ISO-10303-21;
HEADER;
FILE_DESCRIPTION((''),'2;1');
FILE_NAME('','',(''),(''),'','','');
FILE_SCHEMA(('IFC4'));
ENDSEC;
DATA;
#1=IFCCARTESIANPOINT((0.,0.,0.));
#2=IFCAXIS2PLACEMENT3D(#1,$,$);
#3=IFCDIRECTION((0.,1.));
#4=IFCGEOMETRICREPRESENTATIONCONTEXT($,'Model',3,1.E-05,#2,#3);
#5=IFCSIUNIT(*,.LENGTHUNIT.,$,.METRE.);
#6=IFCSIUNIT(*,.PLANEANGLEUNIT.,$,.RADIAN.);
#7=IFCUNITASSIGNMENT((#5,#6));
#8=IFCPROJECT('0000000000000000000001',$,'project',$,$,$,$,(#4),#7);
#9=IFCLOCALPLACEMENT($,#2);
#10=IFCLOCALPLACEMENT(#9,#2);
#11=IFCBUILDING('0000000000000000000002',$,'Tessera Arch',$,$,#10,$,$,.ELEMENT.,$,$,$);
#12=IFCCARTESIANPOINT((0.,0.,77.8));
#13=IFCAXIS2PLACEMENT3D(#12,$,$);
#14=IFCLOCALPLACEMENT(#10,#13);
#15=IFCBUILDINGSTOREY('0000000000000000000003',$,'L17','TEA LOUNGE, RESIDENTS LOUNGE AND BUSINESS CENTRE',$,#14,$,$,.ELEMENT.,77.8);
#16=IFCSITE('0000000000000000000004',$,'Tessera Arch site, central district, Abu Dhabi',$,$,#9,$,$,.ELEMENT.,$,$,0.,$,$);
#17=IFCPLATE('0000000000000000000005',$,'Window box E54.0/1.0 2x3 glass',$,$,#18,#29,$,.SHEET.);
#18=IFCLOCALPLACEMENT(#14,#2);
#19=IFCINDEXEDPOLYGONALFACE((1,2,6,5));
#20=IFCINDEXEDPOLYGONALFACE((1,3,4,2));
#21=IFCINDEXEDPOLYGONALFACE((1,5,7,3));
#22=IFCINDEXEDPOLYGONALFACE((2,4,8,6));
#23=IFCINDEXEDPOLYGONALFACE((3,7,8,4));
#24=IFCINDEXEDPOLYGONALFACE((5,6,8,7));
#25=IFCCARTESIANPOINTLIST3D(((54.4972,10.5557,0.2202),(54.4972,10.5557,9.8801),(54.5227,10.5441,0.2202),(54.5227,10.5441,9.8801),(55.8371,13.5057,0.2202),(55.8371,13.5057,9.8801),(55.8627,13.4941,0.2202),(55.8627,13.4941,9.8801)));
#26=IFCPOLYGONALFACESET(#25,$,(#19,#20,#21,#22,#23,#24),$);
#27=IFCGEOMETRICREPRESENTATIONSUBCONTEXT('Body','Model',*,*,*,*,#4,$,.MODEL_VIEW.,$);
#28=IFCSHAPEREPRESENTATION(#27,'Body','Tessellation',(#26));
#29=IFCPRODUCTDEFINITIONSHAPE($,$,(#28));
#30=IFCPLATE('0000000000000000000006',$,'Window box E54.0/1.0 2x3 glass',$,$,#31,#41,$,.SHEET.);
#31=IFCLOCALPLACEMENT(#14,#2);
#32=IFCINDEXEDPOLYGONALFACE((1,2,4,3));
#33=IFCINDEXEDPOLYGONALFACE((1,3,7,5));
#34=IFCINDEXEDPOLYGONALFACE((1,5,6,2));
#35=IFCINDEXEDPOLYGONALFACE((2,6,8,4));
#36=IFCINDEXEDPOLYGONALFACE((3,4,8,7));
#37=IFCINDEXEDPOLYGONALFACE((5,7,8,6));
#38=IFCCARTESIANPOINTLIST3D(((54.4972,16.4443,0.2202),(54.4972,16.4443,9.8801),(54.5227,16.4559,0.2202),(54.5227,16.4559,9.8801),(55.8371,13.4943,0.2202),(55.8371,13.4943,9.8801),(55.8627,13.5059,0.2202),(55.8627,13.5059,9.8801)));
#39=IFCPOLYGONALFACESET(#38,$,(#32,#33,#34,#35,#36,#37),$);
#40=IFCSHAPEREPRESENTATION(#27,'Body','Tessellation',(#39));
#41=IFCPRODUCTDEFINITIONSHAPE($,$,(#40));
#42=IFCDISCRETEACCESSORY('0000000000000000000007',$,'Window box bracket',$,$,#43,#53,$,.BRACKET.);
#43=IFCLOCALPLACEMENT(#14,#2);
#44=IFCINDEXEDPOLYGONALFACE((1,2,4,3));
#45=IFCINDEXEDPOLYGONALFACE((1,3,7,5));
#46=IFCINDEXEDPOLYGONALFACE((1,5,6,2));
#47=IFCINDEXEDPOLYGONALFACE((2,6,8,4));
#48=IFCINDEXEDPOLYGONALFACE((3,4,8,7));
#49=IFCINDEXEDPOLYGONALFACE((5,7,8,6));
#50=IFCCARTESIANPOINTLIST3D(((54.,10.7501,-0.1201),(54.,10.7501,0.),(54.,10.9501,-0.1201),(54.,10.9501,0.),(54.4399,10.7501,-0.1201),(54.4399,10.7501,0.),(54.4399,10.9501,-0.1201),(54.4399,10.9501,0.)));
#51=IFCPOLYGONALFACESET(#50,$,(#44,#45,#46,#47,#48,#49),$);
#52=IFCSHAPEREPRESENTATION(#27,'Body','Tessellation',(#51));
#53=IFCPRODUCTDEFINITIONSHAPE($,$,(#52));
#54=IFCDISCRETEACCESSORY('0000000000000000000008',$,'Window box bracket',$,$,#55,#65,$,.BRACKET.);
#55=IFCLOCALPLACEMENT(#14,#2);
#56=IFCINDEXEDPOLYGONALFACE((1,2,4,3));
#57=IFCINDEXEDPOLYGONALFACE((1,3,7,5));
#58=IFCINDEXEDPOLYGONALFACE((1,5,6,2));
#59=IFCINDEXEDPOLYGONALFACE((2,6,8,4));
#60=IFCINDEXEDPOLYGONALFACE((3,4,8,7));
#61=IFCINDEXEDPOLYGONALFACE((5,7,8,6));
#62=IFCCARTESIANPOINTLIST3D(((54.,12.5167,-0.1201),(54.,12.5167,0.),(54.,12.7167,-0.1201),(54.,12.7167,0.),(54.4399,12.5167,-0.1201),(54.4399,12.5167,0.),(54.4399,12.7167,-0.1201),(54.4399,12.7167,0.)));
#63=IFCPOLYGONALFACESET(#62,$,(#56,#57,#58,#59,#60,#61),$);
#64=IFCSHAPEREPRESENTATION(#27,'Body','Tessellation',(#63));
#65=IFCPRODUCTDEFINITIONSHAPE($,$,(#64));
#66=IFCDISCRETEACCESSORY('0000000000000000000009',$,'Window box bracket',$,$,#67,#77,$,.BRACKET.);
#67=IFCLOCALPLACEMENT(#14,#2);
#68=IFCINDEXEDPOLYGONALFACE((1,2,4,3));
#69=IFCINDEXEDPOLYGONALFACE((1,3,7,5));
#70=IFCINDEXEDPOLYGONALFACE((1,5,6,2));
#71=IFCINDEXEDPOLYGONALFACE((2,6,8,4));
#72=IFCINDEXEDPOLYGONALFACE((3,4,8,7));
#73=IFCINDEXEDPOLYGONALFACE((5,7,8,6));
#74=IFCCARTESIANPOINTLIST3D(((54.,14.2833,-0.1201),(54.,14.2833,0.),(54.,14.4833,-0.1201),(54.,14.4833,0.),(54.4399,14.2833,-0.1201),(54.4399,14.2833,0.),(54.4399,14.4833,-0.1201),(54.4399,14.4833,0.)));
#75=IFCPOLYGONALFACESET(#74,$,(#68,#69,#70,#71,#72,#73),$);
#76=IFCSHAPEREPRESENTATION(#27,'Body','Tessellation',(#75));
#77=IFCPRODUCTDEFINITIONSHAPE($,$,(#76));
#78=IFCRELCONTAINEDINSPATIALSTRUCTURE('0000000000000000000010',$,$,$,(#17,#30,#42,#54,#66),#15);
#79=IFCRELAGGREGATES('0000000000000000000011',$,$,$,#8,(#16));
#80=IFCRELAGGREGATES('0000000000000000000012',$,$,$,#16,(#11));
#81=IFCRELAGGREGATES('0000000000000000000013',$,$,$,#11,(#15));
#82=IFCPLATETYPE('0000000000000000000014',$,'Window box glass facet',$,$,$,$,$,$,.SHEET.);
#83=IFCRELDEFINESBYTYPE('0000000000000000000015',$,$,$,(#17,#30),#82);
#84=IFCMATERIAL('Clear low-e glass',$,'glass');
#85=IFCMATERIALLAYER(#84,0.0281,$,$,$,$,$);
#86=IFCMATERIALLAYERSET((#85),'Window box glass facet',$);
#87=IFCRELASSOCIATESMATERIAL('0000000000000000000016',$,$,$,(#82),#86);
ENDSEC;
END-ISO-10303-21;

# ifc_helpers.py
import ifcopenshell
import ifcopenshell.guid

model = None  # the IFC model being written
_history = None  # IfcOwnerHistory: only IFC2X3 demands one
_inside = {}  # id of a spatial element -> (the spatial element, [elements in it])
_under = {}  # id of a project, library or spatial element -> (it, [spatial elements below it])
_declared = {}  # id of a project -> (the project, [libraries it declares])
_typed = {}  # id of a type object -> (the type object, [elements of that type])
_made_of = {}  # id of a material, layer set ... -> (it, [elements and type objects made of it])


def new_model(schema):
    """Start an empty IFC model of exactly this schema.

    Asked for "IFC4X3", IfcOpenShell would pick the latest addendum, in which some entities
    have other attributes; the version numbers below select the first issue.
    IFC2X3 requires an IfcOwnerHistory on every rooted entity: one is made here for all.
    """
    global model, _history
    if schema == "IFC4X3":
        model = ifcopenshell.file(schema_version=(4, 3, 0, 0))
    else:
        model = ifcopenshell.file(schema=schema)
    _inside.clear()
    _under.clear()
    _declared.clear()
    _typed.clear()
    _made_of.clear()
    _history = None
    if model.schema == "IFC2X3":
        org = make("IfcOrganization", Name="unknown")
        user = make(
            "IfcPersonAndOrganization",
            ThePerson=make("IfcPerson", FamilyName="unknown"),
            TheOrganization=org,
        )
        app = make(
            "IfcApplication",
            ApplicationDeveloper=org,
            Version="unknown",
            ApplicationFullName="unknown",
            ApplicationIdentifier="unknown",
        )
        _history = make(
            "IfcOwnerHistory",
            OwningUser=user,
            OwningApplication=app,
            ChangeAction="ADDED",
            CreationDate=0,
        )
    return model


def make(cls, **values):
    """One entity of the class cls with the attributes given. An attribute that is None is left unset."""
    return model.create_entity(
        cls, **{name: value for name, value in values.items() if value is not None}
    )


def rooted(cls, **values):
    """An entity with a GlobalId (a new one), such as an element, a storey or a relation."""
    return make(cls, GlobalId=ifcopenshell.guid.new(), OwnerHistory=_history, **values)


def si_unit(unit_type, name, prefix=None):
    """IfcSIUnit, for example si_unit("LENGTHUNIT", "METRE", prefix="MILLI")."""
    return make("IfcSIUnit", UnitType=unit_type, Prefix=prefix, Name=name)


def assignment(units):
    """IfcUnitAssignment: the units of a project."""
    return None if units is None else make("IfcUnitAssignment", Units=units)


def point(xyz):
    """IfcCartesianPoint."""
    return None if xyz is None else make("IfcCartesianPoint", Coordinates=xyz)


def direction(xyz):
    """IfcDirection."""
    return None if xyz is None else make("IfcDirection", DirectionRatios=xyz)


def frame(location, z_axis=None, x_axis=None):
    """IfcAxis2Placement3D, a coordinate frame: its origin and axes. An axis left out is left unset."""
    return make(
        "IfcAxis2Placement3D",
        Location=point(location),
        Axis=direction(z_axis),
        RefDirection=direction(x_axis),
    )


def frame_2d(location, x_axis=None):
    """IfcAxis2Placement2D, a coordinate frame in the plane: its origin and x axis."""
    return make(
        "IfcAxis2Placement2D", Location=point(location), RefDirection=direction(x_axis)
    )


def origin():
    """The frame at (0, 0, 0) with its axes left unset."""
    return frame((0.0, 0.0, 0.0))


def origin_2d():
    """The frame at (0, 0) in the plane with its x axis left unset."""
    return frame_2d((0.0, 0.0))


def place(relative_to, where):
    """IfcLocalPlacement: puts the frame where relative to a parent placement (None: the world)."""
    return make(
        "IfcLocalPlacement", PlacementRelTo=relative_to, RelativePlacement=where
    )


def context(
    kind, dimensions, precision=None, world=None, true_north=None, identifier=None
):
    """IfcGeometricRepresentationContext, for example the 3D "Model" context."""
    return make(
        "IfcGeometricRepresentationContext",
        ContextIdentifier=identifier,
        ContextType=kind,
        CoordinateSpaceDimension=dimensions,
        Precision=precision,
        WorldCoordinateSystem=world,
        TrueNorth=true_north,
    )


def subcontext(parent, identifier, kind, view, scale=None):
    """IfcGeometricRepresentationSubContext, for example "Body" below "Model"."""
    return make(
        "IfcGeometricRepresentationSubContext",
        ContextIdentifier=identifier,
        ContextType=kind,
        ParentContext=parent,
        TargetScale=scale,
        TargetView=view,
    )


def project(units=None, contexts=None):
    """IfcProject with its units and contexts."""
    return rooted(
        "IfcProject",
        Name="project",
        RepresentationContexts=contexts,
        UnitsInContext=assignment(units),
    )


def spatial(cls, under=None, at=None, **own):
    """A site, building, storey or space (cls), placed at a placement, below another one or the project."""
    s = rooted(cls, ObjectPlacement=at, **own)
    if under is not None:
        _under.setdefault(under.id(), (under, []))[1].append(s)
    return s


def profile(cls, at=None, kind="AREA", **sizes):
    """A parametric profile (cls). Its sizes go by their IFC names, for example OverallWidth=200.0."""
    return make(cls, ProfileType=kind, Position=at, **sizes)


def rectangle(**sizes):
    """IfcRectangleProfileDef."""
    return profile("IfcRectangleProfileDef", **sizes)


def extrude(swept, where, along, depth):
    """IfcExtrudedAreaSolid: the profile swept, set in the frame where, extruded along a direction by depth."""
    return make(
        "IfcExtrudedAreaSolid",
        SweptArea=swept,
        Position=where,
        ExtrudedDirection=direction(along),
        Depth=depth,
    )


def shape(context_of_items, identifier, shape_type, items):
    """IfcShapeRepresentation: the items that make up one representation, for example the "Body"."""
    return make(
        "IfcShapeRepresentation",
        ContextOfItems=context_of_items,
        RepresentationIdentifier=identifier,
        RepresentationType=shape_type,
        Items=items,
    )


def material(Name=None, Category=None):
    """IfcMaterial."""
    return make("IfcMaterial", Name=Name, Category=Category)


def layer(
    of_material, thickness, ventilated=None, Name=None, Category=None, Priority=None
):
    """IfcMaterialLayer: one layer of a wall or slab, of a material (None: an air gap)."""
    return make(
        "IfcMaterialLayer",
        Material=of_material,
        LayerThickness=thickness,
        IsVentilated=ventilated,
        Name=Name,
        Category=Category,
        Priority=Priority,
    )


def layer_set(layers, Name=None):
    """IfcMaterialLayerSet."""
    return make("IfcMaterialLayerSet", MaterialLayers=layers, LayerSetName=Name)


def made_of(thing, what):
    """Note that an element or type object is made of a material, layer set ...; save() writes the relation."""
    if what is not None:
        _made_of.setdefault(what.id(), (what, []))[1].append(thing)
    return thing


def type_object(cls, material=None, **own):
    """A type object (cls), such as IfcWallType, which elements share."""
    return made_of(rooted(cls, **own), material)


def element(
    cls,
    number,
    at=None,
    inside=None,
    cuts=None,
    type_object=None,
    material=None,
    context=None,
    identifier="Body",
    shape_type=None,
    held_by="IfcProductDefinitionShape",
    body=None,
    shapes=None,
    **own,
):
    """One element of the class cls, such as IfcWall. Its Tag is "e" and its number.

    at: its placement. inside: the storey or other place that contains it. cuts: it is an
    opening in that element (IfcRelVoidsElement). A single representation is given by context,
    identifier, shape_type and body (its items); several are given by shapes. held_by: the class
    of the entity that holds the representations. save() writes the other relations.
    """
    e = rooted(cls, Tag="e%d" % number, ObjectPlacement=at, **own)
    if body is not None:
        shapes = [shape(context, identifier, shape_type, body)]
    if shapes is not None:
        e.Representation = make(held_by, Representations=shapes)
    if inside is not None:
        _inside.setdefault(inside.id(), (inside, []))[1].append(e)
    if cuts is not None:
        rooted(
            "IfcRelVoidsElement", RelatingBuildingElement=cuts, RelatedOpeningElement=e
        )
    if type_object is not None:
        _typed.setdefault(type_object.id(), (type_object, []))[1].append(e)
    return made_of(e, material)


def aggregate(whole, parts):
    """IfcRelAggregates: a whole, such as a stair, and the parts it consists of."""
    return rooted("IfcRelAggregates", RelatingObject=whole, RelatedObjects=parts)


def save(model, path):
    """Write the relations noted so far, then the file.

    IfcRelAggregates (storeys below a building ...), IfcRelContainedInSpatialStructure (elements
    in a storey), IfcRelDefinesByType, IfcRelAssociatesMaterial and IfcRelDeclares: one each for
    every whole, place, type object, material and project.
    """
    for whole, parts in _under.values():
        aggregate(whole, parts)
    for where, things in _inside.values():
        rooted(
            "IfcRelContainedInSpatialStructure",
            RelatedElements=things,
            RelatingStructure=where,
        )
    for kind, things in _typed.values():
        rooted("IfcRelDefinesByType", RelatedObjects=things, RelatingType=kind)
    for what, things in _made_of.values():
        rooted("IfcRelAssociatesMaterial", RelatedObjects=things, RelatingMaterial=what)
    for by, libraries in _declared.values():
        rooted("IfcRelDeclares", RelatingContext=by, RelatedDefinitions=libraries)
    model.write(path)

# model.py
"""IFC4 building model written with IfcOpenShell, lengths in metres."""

from ifc_helpers import new_model, si_unit, direction, frame, origin, origin_2d, place, context, subcontext, project, spatial, rectangle, extrude, material, layer, layer_set, type_object, element, save


model = new_model("IFC4")

# Units and contexts
model_context = context("Model", 3, precision=1e-05, world=origin(), true_north=direction((0.0, 1.0)))
body_context = subcontext(model_context, "Body", "Model", "MODEL_VIEW")
ifc_project = project(units=[si_unit("LENGTHUNIT", "METRE"), si_unit("PLANEANGLEUNIT", "RADIAN")], contexts=[model_context])

# Site, building, storey
site_placement = place(None, origin())
site = spatial("IfcSite", under=ifc_project, at=site_placement, Name="Tessera Arch site, central district, Abu Dhabi", CompositionType="ELEMENT", RefElevation=0.0)
building_placement = place(site_placement, origin())
building = spatial("IfcBuilding", under=site, at=building_placement, Name="Tessera Arch", CompositionType="ELEMENT")
storey_placement = place(building_placement, frame((0.0, 0.0, 77.8)))
storey = spatial("IfcBuildingStorey", under=building, at=storey_placement, Name="L17", Description="TEA LOUNGE, RESIDENTS LOUNGE AND BUSINESS CENTRE", CompositionType="ELEMENT", Elevation=77.8)

# Plates
ifc_material_1 = material(Name="Clear low-e glass", Category="glass")
ifc_layer_1 = layer(ifc_material_1, 0.0281)
ifc_layer_set_1 = layer_set([ifc_layer_1], Name="Window box glass facet")
plate_type_1 = type_object("IfcPlateType", Name="Window box glass facet", PredefinedType="SHEET", material=ifc_layer_set_1)
for number, where, z_axis, x_axis, name in (
    (1, (55.1799, 12.0249, 0.2202), (0.0, 0.0, 1.0), (0.41357, 0.910472, 0.0), "Window box E54.0/1.0 2x3 glass"),
    (2, (55.1799, 14.9751, 0.2202), (0.0, 0.0, 1.0), (0.41357, -0.910472, 0.0), "Window box E54.0/1.0 2x3 glass"),
):
    element("IfcPlate", number, at=place(storey_placement, frame(where, z_axis=z_axis, x_axis=x_axis)), inside=storey, type_object=plate_type_1, Name=name, PredefinedType="SHEET", context=body_context, shape_type="SweptSolid", body=[
        extrude(rectangle(XDim=3.24, YDim=0.0281, at=origin_2d()), origin(), (0.0, 0.0, 1.0), 9.6599),
    ])

# Discrete accessories
for number, where, z_axis, x_axis, name in (
    (3, (54.22, 10.8501, -0.1201), (0.0, 0.0, 1.0), (1.0, 0.0, 0.0), "Window box bracket"),
    (4, (54.22, 12.6167, -0.1201), (0.0, 0.0, 1.0), (1.0, 0.0, 0.0), "Window box bracket"),
    (5, (54.22, 14.3833, -0.1201), (0.0, 0.0, 1.0), (1.0, 0.0, 0.0), "Window box bracket"),
):
    element("IfcDiscreteAccessory", number, at=place(storey_placement, frame(where, z_axis=z_axis, x_axis=x_axis)), inside=storey, Name=name, PredefinedType="BRACKET", context=body_context, shape_type="SweptSolid", body=[
        extrude(rectangle(XDim=0.4399, YDim=0.2, at=origin_2d()), origin(), (0.0, 0.0, 1.0), 0.1201),
    ])

save(model, "model.ifc")
